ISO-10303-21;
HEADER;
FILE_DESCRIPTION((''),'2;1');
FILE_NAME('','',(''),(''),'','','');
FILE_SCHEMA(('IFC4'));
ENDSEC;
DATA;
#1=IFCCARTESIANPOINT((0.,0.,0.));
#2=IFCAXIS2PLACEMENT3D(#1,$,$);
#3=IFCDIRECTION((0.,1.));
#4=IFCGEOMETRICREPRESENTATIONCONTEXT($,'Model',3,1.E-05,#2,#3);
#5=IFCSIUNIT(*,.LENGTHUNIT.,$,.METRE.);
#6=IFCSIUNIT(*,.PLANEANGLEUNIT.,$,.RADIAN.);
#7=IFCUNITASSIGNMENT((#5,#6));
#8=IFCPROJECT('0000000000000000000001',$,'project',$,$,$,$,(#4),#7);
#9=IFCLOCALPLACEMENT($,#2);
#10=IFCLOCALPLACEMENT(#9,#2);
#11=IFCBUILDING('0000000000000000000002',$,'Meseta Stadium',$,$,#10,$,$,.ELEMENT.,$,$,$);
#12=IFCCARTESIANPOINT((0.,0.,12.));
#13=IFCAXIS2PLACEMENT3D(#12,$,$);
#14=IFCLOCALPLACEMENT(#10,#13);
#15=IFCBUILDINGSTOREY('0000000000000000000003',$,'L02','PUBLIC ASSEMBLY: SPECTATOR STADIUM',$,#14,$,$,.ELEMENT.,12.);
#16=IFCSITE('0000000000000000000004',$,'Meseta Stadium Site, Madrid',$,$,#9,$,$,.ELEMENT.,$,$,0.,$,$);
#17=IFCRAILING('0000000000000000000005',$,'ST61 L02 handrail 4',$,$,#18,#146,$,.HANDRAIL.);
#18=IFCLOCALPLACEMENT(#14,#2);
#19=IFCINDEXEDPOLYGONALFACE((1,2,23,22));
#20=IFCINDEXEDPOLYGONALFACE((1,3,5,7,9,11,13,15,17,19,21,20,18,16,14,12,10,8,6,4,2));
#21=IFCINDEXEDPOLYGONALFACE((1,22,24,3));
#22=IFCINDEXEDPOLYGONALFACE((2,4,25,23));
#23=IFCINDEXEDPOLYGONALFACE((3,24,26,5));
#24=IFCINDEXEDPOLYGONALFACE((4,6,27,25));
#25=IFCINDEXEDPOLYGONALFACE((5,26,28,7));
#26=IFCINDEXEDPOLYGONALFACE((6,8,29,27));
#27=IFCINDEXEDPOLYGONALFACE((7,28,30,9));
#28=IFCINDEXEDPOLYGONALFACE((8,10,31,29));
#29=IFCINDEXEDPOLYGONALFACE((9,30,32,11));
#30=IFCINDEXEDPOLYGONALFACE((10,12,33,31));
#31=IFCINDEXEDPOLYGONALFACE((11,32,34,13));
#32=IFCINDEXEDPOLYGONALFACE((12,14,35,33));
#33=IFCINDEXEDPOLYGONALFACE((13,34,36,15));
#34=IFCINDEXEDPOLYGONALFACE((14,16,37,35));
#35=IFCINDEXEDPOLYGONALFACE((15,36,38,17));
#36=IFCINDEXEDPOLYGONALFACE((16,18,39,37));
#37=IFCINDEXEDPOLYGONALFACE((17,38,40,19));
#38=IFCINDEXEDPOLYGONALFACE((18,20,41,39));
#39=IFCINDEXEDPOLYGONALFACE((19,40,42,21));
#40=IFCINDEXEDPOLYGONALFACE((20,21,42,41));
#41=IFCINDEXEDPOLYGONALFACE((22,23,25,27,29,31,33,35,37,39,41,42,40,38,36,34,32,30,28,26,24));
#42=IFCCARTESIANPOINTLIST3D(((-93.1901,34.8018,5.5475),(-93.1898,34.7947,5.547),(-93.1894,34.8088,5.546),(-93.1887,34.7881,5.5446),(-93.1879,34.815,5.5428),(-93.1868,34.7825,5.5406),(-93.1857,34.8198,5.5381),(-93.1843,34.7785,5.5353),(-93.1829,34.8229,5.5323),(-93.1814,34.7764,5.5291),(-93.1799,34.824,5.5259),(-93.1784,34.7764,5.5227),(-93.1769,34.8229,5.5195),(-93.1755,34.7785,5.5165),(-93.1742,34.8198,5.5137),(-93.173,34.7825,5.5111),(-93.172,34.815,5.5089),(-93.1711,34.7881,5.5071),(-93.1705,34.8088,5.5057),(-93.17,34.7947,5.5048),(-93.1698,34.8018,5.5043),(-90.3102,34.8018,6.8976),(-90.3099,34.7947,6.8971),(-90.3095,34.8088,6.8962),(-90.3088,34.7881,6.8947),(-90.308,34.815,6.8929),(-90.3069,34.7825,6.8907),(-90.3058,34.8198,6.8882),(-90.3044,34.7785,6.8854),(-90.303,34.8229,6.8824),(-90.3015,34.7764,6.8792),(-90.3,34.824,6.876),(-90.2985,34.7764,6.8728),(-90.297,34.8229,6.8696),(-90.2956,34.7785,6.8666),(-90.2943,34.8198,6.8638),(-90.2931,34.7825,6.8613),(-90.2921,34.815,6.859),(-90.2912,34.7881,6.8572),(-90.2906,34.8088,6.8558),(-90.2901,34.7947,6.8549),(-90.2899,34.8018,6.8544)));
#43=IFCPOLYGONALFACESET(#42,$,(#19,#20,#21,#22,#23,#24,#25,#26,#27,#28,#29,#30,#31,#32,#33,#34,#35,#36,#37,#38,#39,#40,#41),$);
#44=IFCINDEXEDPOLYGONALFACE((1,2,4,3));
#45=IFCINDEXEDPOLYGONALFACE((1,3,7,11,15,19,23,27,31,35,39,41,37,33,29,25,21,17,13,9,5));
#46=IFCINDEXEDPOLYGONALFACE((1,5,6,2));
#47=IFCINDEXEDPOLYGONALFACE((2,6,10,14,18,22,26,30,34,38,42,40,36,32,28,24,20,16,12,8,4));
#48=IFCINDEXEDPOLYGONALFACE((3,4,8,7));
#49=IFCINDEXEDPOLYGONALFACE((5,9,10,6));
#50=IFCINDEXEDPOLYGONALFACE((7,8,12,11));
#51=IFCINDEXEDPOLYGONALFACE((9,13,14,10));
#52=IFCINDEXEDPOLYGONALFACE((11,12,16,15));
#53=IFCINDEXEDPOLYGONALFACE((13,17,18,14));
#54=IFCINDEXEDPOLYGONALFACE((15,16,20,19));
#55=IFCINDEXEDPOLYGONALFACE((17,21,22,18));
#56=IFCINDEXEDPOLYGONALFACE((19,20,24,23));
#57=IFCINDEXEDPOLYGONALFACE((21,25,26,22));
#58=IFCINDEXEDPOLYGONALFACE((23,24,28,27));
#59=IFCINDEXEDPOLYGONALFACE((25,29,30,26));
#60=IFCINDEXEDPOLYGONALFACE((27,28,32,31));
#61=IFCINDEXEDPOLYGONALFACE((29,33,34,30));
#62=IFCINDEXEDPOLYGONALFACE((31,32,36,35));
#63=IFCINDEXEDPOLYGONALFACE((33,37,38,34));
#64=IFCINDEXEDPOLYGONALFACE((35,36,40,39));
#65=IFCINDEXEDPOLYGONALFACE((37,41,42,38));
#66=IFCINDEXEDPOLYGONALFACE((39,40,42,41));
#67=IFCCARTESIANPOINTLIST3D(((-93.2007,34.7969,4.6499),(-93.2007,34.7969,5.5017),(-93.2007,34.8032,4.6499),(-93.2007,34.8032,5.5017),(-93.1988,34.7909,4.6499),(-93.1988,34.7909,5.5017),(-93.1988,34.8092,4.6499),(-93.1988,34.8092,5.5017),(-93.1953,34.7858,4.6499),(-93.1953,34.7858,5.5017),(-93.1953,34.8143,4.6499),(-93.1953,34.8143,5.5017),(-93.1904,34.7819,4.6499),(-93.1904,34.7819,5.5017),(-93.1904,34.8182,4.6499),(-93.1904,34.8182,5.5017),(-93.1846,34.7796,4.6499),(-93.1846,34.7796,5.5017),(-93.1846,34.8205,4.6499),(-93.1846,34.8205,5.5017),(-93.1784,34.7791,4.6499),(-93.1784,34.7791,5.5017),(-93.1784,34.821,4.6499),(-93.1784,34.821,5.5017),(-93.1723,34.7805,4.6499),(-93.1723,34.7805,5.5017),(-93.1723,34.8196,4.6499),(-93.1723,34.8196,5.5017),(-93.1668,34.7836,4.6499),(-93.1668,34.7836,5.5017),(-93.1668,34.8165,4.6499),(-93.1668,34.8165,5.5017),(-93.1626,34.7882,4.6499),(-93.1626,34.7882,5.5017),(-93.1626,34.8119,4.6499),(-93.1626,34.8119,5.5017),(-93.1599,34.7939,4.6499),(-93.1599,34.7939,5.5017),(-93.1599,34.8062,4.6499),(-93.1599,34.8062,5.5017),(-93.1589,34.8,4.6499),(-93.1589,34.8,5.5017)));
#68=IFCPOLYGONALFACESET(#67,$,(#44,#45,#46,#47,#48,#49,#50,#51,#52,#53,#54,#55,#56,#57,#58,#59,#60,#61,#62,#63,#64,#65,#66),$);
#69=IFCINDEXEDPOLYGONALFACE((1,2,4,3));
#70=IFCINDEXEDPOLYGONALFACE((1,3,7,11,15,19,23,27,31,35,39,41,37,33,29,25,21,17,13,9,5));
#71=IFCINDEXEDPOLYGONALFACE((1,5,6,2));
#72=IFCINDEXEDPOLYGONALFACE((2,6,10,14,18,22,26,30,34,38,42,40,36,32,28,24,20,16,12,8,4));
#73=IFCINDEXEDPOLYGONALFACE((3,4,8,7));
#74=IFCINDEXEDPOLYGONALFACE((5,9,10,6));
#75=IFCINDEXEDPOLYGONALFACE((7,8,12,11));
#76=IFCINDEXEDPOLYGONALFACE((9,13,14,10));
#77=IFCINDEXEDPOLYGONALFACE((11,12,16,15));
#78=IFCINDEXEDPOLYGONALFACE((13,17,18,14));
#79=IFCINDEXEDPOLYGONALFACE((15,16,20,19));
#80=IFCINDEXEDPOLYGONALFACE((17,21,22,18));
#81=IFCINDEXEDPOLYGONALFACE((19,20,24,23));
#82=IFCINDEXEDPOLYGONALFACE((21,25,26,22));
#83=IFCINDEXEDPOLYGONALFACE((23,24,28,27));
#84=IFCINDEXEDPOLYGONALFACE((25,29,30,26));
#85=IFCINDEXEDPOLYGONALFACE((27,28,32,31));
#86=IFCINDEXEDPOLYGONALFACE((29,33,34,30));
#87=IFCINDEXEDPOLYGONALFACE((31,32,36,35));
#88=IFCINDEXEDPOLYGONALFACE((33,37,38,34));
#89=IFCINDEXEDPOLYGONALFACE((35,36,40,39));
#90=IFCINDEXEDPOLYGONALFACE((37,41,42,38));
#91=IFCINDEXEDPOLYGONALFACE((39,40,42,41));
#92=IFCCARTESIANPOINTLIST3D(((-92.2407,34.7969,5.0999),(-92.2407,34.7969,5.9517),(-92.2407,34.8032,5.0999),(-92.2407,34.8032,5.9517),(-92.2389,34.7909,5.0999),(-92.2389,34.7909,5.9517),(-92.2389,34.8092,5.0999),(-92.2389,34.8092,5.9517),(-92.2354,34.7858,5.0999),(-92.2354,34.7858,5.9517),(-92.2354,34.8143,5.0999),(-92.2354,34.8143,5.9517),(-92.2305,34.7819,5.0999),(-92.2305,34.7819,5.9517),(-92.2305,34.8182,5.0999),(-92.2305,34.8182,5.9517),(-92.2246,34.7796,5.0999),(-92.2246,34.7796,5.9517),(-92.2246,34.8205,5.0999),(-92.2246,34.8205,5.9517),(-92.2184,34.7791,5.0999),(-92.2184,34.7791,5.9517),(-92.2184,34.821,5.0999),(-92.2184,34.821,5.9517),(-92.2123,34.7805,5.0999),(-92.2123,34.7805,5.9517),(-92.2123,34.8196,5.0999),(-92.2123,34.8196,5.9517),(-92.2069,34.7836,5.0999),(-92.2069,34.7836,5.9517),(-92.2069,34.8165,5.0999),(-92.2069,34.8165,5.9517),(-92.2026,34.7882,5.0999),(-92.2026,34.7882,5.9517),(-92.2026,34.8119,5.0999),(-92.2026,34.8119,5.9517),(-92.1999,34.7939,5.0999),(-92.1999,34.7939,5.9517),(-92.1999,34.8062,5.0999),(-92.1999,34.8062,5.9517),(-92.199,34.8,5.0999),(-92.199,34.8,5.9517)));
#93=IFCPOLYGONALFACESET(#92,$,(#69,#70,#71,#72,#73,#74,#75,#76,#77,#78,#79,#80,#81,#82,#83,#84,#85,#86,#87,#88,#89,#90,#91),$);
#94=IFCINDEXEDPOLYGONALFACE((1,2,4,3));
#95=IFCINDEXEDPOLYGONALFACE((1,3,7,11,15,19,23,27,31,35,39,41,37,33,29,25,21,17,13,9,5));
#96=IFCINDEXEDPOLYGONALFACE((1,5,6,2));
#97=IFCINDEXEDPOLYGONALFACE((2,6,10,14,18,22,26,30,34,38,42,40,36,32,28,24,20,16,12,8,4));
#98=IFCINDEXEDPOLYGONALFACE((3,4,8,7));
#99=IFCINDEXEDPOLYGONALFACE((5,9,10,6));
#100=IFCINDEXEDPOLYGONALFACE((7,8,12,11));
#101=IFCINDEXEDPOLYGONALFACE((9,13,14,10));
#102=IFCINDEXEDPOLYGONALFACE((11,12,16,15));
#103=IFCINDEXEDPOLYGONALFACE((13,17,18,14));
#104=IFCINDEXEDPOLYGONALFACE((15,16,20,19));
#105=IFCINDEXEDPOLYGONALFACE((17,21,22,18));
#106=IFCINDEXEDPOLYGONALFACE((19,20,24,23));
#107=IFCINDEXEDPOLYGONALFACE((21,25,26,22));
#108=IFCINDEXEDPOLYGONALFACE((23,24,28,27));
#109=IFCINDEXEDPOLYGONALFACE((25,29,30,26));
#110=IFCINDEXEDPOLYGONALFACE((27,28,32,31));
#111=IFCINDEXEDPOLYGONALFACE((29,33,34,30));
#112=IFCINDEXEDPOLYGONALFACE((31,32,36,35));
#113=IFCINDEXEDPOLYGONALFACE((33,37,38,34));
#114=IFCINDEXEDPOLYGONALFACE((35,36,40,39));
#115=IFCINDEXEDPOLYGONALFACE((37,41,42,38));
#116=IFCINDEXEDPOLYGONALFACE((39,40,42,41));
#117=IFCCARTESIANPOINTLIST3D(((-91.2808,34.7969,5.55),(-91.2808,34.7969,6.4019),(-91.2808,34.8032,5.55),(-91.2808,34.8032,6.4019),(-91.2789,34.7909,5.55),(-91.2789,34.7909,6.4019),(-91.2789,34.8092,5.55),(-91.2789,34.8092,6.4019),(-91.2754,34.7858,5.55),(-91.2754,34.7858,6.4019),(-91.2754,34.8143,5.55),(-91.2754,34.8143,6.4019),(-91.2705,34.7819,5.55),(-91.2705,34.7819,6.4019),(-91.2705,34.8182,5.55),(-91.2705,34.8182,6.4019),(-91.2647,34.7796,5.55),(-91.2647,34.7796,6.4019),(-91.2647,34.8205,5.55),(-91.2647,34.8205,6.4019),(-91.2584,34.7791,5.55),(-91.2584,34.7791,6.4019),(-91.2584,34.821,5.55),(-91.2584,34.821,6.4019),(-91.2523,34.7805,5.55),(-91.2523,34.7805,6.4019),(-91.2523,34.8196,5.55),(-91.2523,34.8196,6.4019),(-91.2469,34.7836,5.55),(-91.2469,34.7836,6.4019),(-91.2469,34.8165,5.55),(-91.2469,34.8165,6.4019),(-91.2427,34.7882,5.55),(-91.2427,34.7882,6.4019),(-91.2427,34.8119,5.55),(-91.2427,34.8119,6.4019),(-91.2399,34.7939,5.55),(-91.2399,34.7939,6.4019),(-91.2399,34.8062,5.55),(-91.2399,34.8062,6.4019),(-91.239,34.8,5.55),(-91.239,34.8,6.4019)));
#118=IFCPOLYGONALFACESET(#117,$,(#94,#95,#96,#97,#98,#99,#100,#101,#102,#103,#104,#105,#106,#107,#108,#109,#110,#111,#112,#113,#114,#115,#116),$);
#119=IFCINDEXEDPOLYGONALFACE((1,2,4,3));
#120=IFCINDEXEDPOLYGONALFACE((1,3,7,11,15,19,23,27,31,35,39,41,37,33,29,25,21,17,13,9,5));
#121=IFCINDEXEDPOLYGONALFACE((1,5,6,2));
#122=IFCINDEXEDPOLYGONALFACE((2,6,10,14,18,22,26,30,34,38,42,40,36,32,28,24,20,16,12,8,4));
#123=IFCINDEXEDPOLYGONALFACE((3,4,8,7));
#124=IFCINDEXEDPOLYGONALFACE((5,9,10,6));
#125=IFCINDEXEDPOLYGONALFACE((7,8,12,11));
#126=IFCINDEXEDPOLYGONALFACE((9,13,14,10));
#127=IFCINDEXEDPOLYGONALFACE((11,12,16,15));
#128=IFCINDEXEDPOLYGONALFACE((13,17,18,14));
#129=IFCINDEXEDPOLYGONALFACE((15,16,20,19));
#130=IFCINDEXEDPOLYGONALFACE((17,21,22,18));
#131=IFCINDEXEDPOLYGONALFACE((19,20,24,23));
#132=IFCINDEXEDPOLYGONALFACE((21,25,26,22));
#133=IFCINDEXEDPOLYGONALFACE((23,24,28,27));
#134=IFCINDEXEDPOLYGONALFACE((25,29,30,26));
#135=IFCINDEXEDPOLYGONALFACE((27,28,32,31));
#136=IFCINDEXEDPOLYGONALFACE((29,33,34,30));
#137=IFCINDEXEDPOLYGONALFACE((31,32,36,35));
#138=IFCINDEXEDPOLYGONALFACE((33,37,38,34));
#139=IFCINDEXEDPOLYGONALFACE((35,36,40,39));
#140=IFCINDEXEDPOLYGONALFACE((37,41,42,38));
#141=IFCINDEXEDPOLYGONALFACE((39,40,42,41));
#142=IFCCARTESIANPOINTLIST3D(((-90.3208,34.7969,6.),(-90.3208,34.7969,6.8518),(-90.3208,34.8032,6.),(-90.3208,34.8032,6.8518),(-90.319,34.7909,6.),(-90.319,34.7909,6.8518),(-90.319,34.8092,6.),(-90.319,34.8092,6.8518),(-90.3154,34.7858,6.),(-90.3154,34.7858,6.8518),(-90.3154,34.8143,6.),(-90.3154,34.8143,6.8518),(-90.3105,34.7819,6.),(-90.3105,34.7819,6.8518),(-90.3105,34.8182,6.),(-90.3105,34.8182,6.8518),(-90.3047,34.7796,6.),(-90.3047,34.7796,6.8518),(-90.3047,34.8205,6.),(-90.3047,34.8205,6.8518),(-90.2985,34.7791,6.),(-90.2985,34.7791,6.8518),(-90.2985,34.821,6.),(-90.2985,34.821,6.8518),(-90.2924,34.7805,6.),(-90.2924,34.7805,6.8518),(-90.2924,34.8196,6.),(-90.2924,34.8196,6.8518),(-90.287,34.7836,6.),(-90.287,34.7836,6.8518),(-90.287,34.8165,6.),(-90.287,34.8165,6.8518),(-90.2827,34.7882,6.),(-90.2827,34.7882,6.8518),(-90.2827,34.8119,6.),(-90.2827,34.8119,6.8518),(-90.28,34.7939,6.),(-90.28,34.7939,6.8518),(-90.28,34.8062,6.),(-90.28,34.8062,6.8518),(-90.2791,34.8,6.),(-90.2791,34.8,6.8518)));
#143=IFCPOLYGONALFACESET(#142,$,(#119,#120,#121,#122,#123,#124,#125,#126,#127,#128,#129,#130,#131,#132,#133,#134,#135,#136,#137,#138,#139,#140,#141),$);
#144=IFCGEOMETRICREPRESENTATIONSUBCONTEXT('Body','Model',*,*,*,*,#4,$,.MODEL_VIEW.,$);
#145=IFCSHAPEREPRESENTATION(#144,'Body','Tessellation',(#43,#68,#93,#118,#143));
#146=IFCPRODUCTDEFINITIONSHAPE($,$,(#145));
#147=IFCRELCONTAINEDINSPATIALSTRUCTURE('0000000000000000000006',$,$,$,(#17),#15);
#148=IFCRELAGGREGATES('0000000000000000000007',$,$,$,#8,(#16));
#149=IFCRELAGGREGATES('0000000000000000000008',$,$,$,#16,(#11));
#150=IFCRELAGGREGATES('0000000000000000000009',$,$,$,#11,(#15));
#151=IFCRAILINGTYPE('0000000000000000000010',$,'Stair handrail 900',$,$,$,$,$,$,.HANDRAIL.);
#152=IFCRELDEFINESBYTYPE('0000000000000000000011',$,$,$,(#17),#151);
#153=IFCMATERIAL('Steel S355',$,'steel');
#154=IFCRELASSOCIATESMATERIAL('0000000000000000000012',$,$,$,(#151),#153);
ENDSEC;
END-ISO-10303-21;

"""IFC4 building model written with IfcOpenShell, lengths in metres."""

from ifc_helpers import new_model, si_unit, direction, frame, origin, origin_2d, place, context, subcontext, project, spatial, circle, extrude, material, type_object, element, save


model = new_model("IFC4")

# Units and contexts
model_context = context("Model", 3, precision=1e-05, world=origin(), true_north=direction((0.0, 1.0)))
body_context = subcontext(model_context, "Body", "Model", "MODEL_VIEW")
ifc_project = project(units=[si_unit("LENGTHUNIT", "METRE"), si_unit("PLANEANGLEUNIT", "RADIAN")], contexts=[model_context])

# Site, building, storey
site_placement = place(None, origin())
site = spatial("IfcSite", under=ifc_project, at=site_placement, Name="Meseta Stadium Site, Madrid", CompositionType="ELEMENT", RefElevation=0.0)
building_placement = place(site_placement, origin())
building = spatial("IfcBuilding", under=site, at=building_placement, Name="Meseta Stadium", CompositionType="ELEMENT")
storey_placement = place(building_placement, frame((0.0, 0.0, 12.0)))
storey = spatial("IfcBuildingStorey", under=building, at=storey_placement, Name="L02", Description="PUBLIC ASSEMBLY: SPECTATOR STADIUM", CompositionType="ELEMENT", Elevation=12.0)

# Railing
ifc_material_1 = material(Name="Steel S355", Category="steel")
railing_type_1 = type_object("IfcRailingType", Name="Stair handrail 900", PredefinedType="HANDRAIL", material=ifc_material_1)
railing_1_placement = place(storey_placement, frame((-93.1799, 34.8, 4.6499)))
element("IfcRailing", 1, at=railing_1_placement, inside=storey, type_object=railing_type_1, Name="ST61 L02 handrail 4", PredefinedType="HANDRAIL", context=body_context, shape_type="SweptSolid", body=[
    extrude(circle(Radius=0.0239, at=origin_2d()), frame((0.0, 0.0, 0.876), z_axis=(0.90544, 0.0, 0.424473), x_axis=(0.0, 1.0, 0.0)), (0.0, 0.0, 1.0), 3.1807),
    extrude(circle(Radius=0.021, at=origin_2d()), origin(), (0.0, 0.0, 1.0), 0.8518),
    extrude(circle(Radius=0.021, at=origin_2d()), frame((0.96, 0.0, 0.45)), (0.0, 0.0, 1.0), 0.8518),
    extrude(circle(Radius=0.021, at=origin_2d()), frame((1.9199, 0.0, 0.9001)), (0.0, 0.0, 1.0), 0.8518),
    extrude(circle(Radius=0.021, at=origin_2d()), frame((2.8799, 0.0, 1.3501)), (0.0, 0.0, 1.0), 0.8518),
])

save(model, "model.ifc")
